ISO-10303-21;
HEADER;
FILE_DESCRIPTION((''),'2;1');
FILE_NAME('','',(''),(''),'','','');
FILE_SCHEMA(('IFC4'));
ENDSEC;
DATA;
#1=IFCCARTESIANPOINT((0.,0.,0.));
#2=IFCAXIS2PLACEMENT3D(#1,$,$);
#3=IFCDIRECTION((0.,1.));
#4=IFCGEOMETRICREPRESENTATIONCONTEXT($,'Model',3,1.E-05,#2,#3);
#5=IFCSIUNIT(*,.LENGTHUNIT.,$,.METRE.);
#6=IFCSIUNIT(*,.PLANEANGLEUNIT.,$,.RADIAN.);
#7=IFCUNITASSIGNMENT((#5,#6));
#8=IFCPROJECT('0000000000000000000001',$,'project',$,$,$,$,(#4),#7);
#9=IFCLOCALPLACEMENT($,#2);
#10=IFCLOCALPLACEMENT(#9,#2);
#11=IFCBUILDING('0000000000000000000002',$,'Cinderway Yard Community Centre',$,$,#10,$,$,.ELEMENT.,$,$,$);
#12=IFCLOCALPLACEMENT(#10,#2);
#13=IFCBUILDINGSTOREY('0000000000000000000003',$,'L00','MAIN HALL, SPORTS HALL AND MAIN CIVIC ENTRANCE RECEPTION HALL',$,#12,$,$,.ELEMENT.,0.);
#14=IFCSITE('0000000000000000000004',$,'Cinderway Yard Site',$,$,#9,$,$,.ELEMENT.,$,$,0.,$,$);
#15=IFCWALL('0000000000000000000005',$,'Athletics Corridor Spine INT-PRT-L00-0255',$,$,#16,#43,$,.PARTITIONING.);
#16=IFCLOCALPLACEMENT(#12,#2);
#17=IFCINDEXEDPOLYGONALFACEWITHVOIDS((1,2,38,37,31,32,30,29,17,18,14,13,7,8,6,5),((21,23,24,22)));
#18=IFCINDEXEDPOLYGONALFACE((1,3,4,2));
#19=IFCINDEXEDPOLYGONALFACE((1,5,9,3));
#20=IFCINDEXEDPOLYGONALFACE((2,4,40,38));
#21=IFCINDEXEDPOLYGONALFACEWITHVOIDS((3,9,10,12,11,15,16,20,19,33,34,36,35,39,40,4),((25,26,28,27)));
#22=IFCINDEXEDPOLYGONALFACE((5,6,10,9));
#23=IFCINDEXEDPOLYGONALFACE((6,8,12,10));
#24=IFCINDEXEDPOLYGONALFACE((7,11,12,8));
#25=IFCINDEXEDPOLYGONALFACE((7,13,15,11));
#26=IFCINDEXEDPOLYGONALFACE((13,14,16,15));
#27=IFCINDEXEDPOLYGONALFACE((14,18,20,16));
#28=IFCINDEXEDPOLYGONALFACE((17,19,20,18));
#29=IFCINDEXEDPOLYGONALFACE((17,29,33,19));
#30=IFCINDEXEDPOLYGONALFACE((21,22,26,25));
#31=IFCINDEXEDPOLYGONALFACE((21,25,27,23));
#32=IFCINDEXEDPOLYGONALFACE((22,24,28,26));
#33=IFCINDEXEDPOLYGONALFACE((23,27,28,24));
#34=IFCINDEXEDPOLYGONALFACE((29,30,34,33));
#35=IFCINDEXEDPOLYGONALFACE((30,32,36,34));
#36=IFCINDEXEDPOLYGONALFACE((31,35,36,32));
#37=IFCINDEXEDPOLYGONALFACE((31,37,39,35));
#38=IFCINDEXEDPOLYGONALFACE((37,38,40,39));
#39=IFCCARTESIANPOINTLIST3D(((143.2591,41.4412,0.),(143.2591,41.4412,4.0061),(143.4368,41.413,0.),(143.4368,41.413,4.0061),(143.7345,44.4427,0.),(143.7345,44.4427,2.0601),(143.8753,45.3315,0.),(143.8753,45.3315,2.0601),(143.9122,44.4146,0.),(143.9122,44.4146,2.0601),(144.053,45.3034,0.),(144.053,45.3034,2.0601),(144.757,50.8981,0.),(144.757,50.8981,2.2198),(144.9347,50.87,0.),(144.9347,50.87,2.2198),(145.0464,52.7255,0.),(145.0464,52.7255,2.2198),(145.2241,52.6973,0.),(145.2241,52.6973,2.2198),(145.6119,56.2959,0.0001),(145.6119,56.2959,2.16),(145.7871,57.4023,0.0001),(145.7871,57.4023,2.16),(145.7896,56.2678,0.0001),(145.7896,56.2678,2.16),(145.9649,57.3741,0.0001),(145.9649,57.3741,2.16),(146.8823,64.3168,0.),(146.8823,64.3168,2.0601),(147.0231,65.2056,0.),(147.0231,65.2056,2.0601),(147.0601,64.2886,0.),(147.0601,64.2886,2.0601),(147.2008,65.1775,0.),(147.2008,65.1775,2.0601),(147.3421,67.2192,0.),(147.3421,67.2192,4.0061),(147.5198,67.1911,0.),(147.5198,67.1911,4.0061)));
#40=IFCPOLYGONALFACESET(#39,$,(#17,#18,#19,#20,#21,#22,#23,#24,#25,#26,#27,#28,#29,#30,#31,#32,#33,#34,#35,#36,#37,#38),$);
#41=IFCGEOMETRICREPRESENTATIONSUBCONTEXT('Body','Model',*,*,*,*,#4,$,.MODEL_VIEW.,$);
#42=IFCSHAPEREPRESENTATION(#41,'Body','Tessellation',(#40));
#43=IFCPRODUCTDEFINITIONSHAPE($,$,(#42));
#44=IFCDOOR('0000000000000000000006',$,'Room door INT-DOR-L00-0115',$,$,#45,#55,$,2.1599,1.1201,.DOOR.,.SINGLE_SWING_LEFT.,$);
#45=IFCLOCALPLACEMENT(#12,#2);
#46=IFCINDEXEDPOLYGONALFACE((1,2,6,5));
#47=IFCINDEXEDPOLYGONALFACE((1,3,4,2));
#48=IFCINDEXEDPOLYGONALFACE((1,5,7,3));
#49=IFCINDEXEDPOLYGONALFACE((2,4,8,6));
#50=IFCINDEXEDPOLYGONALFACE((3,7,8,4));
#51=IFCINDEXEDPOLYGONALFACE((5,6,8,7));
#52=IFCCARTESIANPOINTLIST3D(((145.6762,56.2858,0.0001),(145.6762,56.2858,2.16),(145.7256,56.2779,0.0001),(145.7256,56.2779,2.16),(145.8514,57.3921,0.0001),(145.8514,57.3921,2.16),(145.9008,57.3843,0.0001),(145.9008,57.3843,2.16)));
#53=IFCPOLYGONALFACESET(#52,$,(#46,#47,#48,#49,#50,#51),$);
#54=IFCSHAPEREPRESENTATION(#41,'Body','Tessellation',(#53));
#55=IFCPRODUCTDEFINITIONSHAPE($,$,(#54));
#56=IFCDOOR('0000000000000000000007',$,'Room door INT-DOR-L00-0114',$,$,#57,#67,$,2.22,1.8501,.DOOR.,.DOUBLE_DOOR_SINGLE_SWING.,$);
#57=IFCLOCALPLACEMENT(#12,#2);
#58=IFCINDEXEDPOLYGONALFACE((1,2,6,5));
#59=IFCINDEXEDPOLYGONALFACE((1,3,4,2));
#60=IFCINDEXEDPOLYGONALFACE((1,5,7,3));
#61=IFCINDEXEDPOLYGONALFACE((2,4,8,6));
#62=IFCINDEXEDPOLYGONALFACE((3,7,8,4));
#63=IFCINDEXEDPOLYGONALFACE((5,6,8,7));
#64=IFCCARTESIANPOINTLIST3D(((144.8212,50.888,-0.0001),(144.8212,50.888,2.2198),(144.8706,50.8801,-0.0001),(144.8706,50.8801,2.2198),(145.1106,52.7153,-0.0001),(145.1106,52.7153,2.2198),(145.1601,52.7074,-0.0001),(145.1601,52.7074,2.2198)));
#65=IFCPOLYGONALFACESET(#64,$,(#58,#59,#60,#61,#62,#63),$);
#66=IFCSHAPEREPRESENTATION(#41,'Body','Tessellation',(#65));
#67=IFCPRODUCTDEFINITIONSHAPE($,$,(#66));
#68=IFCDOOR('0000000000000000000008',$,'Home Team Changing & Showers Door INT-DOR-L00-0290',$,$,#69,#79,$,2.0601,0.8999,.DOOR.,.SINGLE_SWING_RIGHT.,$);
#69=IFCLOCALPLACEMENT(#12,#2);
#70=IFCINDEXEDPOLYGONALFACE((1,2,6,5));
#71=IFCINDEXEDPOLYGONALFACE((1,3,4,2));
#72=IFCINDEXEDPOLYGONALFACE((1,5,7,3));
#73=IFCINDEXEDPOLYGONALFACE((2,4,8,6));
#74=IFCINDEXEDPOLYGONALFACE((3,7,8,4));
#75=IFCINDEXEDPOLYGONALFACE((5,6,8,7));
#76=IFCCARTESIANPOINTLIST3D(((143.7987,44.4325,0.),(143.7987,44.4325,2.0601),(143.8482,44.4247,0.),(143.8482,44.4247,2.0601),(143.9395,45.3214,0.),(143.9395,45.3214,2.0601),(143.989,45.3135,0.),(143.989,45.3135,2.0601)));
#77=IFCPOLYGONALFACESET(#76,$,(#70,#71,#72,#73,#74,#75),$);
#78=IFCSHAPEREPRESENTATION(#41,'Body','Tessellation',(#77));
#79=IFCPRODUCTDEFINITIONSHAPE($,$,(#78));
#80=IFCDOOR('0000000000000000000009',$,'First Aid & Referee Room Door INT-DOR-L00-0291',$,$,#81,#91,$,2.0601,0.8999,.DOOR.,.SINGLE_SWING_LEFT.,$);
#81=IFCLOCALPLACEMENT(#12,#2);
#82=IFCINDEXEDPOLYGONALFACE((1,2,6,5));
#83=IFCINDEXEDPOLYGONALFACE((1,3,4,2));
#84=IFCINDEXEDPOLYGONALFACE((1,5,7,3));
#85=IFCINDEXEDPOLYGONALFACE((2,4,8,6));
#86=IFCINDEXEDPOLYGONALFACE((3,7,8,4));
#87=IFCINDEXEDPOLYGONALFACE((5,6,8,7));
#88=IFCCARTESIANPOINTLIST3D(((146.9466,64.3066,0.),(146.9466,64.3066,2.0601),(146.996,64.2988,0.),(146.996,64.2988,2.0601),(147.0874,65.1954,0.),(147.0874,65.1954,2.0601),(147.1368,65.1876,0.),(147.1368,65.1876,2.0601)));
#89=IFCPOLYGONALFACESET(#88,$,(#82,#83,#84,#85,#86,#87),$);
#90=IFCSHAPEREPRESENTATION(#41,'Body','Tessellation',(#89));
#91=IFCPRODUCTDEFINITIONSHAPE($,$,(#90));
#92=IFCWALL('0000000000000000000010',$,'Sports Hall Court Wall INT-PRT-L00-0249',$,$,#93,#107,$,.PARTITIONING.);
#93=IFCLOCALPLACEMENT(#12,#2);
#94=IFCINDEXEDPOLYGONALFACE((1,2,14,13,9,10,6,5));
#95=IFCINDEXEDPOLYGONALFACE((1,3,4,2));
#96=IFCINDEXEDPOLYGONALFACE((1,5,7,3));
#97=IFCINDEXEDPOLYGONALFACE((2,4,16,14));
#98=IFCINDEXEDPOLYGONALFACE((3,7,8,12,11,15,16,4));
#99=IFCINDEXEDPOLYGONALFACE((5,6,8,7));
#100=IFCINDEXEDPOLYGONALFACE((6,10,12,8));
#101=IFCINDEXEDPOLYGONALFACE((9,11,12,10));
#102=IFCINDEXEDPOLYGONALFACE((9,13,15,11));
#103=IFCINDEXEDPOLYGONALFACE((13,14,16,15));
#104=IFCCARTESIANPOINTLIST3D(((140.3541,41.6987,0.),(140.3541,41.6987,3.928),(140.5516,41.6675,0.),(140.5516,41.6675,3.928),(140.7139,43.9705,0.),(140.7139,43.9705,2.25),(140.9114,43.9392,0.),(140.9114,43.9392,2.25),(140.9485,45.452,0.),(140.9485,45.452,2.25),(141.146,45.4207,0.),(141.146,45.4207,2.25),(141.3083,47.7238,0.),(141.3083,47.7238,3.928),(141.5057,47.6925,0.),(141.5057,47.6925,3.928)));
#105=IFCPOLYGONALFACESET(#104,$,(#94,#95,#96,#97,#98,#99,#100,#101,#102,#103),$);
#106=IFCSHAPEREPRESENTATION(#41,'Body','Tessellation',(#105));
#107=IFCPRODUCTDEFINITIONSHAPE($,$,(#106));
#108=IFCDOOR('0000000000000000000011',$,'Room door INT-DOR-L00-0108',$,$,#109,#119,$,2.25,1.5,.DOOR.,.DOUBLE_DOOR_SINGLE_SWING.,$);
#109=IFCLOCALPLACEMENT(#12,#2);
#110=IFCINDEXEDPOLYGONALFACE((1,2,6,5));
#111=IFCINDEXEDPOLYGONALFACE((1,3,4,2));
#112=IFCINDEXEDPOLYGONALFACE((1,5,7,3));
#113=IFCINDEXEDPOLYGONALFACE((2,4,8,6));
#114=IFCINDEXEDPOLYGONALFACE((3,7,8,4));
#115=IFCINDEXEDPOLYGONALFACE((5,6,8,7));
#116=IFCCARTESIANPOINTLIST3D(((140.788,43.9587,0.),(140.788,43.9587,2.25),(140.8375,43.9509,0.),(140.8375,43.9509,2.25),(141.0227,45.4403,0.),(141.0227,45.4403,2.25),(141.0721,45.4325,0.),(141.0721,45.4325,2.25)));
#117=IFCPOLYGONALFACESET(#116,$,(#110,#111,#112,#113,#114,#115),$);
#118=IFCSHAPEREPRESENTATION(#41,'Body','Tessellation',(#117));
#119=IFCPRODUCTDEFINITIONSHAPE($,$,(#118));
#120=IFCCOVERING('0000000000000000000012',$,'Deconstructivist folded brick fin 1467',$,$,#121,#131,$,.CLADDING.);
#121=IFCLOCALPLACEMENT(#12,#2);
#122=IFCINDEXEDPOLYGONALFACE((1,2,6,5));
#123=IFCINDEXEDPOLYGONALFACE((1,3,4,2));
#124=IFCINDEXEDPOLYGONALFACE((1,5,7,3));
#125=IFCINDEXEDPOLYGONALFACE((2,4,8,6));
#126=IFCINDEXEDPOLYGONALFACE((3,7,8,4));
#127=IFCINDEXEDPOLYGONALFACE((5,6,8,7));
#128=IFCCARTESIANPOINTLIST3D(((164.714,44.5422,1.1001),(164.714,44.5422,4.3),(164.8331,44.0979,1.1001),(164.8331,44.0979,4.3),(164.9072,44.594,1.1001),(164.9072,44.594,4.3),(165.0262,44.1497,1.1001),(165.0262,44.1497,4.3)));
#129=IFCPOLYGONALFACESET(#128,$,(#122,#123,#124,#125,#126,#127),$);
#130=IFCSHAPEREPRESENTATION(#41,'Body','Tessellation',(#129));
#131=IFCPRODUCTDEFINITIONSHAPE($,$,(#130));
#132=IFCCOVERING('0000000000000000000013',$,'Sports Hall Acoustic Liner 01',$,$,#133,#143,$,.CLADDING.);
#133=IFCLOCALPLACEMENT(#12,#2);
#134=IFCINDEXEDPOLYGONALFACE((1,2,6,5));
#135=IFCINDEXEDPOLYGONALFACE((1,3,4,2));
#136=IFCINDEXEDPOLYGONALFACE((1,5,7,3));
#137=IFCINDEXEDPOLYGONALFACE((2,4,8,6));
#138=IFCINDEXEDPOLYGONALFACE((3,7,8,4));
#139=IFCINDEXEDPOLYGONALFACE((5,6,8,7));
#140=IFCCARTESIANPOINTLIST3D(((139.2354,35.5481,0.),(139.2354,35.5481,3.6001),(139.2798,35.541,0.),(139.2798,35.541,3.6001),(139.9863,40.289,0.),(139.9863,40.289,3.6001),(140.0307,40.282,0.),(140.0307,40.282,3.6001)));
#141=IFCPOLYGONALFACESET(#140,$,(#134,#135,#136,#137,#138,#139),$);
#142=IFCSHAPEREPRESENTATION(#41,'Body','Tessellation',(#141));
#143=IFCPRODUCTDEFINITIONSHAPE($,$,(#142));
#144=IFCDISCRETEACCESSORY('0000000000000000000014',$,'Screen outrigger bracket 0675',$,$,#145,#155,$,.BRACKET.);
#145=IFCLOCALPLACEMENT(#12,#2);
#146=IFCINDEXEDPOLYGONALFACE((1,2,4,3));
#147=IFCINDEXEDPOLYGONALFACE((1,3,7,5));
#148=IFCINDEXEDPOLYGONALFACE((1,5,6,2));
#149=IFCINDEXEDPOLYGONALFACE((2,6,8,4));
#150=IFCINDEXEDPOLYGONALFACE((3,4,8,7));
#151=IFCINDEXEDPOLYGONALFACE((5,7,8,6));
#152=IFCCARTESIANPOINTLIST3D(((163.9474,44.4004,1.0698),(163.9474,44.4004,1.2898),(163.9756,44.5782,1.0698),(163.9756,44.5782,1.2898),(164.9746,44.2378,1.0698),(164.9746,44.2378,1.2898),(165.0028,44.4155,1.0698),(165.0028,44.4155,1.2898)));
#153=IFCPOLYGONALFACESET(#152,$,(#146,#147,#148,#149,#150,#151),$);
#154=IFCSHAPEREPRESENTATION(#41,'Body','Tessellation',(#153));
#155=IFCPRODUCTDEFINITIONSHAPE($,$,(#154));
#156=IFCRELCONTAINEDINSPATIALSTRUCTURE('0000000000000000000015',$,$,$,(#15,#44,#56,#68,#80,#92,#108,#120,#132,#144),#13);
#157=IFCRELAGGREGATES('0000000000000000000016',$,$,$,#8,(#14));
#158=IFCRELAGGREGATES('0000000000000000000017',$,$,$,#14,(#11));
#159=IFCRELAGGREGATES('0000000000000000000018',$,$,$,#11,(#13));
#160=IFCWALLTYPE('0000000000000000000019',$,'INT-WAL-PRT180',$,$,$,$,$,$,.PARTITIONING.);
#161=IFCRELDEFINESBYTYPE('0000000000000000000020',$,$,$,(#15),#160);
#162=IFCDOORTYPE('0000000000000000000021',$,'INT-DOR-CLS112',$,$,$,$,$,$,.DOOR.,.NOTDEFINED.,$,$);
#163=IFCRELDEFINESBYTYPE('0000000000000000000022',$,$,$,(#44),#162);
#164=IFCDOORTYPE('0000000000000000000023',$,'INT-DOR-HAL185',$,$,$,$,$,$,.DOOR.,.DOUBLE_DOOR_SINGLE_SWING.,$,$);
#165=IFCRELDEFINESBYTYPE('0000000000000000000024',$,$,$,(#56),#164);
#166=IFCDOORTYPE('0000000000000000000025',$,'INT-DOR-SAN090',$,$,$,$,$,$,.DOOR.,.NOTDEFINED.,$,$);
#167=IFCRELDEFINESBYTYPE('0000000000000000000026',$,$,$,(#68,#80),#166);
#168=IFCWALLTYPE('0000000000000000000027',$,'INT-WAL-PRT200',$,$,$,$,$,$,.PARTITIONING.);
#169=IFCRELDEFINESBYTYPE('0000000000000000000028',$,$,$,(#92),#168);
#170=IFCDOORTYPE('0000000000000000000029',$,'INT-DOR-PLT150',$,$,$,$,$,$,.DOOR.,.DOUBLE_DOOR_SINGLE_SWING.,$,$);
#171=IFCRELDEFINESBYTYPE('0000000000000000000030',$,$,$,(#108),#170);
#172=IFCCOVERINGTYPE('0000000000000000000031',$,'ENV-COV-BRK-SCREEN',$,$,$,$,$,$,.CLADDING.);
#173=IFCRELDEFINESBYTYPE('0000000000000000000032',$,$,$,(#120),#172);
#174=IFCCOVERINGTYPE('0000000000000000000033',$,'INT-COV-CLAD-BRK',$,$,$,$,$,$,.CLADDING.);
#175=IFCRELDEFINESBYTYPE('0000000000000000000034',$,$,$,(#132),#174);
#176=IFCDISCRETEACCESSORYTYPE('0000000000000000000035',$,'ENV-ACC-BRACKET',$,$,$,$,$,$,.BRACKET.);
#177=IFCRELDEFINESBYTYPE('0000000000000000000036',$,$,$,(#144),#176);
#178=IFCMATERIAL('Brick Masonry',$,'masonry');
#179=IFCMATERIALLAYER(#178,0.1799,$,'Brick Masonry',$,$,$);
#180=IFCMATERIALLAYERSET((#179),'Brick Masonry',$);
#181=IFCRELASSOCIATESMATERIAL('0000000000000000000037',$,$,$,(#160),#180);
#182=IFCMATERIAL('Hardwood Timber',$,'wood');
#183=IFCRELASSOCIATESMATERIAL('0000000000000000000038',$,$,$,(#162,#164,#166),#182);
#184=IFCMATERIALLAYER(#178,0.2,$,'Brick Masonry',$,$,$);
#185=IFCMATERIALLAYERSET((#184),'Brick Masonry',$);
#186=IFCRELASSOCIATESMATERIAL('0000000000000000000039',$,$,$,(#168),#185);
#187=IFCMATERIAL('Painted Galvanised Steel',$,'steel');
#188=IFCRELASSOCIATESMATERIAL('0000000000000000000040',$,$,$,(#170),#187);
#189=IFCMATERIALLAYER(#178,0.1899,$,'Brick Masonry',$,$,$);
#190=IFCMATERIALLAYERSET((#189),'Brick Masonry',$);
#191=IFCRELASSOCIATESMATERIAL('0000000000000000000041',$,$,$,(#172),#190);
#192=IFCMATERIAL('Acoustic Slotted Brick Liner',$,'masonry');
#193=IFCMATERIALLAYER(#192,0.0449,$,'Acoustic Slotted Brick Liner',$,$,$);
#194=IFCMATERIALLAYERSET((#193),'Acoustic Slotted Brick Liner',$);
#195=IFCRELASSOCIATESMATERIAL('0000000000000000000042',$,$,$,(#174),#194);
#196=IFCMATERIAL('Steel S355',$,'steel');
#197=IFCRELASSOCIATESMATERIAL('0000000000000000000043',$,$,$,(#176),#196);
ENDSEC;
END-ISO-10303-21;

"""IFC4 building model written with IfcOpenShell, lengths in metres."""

from ifc_helpers import new_model, si_unit, direction, frame, frame_2d, origin, origin_2d, place, context, subcontext, project, spatial, rectangle, extrude, material, layer, layer_set, type_object, element, fill, save


model = new_model("IFC4")

# Units and contexts
model_context = context("Model", 3, precision=1e-05, world=origin(), true_north=direction((0.0, 1.0)))
body_context = subcontext(model_context, "Body", "Model", "MODEL_VIEW")
ifc_project = project(units=[si_unit("LENGTHUNIT", "METRE"), si_unit("PLANEANGLEUNIT", "RADIAN")], contexts=[model_context])

# Site, building, storey
site_placement = place(None, origin())
site = spatial("IfcSite", under=ifc_project, at=site_placement, Name="Cinderway Yard Site", CompositionType="ELEMENT", RefElevation=0.0)
building_placement = place(site_placement, origin())
building = spatial("IfcBuilding", under=site, at=building_placement, Name="Cinderway Yard Community Centre", CompositionType="ELEMENT")
storey_placement = place(building_placement, origin())
storey = spatial("IfcBuildingStorey", under=building, at=storey_placement, Name="L00", Description="MAIN HALL, SPORTS HALL AND MAIN CIVIC ENTRANCE RECEPTION HALL", CompositionType="ELEMENT", Elevation=0.0)

# Shared definitions
ifc_material_1 = material(Name="Steel S355", Category="steel")

# Wall, openings, doors
ifc_material_2 = material(Name="Brick Masonry", Category="masonry")
ifc_layer_1 = layer(ifc_material_2, 0.1799, Name="Brick Masonry")
ifc_layer_set_1 = layer_set([ifc_layer_1], Name="Brick Masonry")
wall_type_1 = type_object("IfcWallType", Name="INT-WAL-PRT180", PredefinedType="PARTITIONING", material=ifc_layer_set_1)
wall_1_placement = place(storey_placement, frame((143.3479, 41.427, 0.0), z_axis=(0.0, 0.0, 1.0), x_axis=(0.156441, 0.987687, 0.0)))
wall_1 = element("IfcWall", 1, at=wall_1_placement, inside=storey, type_object=wall_type_1, Name="Athletics Corridor Spine INT-PRT-L00-0255", PredefinedType="PARTITIONING", context=body_context, shape_type="SweptSolid", body=[
    extrude(rectangle(XDim=26.0994, YDim=0.1799, at=frame_2d((13.0498, 0.0))), origin(), (0.0, 0.0, 1.0), 4.0061),
])
opening_1_placement = place(wall_1_placement, frame((9.575, 0.0, 0.0)))
opening_1 = element("IfcOpeningElement", 2, at=opening_1_placement, cuts=wall_1, PredefinedType="OPENING", context=body_context, shape_type="SweptSolid", body=[
    extrude(rectangle(XDim=1.8501, YDim=2.22, at=frame_2d((0.925, 1.1099))), frame((0.0, 0.0999, 0.0), z_axis=(0.0, -1.0, 0.0), x_axis=(1.0, 0.0, 0.0)), (0.0, 0.0, 1.0), 0.2),
])
opening_2_placement = place(wall_1_placement, frame((15.04, 0.0, 0.0)))
opening_2 = element("IfcOpeningElement", 3, at=opening_2_placement, cuts=wall_1, PredefinedType="OPENING", context=body_context, shape_type="SweptSolid", body=[
    extrude(rectangle(XDim=1.1201, YDim=2.1599, at=frame_2d((0.5601, 1.0801))), frame((0.0, 0.0999, 0.0), z_axis=(0.0, -1.0, 0.0), x_axis=(1.0, 0.0, 0.0)), (0.0, 0.0, 1.0), 0.2),
])
opening_3_placement = place(wall_1_placement, frame((3.0391, 0.0, 0.0)))
opening_3 = element("IfcOpeningElement", 4, at=opening_3_placement, cuts=wall_1, PredefinedType="OPENING", context=body_context, shape_type="SweptSolid", body=[
    extrude(rectangle(XDim=0.8999, YDim=2.0601, at=frame_2d((0.45, 1.03))), frame((0.0, 0.0999, 0.0), z_axis=(0.0, -1.0, 0.0), x_axis=(1.0, 0.0, 0.0)), (0.0, 0.0, 1.0), 0.2),
])
opening_4_placement = place(wall_1_placement, frame((23.1609, 0.0, 0.0)))
opening_4 = element("IfcOpeningElement", 5, at=opening_4_placement, cuts=wall_1, PredefinedType="OPENING", context=body_context, shape_type="SweptSolid", body=[
    extrude(rectangle(XDim=0.8999, YDim=2.0601, at=frame_2d((0.45, 1.03))), frame((0.0, 0.0999, 0.0), z_axis=(0.0, -1.0, 0.0), x_axis=(1.0, 0.0, 0.0)), (0.0, 0.0, 1.0), 0.2),
])
ifc_material_3 = material(Name="Hardwood Timber", Category="wood")
door_type_1 = type_object("IfcDoorType", Name="INT-DOR-CLS112", OperationType="NOTDEFINED", PredefinedType="DOOR", material=ifc_material_3)
door_1_placement = place(opening_2_placement, origin())
door_1 = element("IfcDoor", 6, at=door_1_placement, inside=storey, type_object=door_type_1, Name="Room door INT-DOR-L00-0115", OperationType="SINGLE_SWING_LEFT", OverallHeight=2.1599, OverallWidth=1.1201, PredefinedType="DOOR", context=body_context, shape_type="SweptSolid", body=[
    extrude(rectangle(XDim=1.1201, YDim=2.1599, at=frame_2d((0.5601, 1.0801))), frame((0.0, 0.0249, 0.0), z_axis=(0.0, -1.0, 0.0), x_axis=(1.0, 0.0, 0.0)), (0.0, 0.0, 1.0), 0.05),
])
fill(opening_2, door_1)
door_type_2 = type_object("IfcDoorType", Name="INT-DOR-HAL185", OperationType="DOUBLE_DOOR_SINGLE_SWING", PredefinedType="DOOR", material=ifc_material_3)
door_2_placement = place(opening_1_placement, origin())
door_2 = element("IfcDoor", 7, at=door_2_placement, inside=storey, type_object=door_type_2, Name="Room door INT-DOR-L00-0114", OperationType="DOUBLE_DOOR_SINGLE_SWING", OverallHeight=2.22, OverallWidth=1.8501, PredefinedType="DOOR", context=body_context, shape_type="SweptSolid", body=[
    extrude(rectangle(XDim=1.8501, YDim=2.22, at=frame_2d((0.925, 1.1099))), frame((0.0, 0.0249, 0.0), z_axis=(0.0, -1.0, 0.0), x_axis=(1.0, 0.0, 0.0)), (0.0, 0.0, 1.0), 0.05),
])
fill(opening_1, door_2)
door_type_3 = type_object("IfcDoorType", Name="INT-DOR-SAN090", OperationType="NOTDEFINED", PredefinedType="DOOR", material=ifc_material_3)
door_3_placement = place(opening_3_placement, origin())
door_3 = element("IfcDoor", 8, at=door_3_placement, inside=storey, type_object=door_type_3, Name="Home Team Changing & Showers Door INT-DOR-L00-0290", OperationType="SINGLE_SWING_RIGHT", OverallHeight=2.0601, OverallWidth=0.8999, PredefinedType="DOOR", context=body_context, shape_type="SweptSolid", body=[
    extrude(rectangle(XDim=0.8999, YDim=2.0601, at=frame_2d((0.45, 1.03))), frame((0.0, 0.0249, 0.0), z_axis=(0.0, -1.0, 0.0), x_axis=(1.0, 0.0, 0.0)), (0.0, 0.0, 1.0), 0.05),
])
fill(opening_3, door_3)
door_4_placement = place(opening_4_placement, origin())
door_4 = element("IfcDoor", 9, at=door_4_placement, inside=storey, type_object=door_type_3, Name="First Aid & Referee Room Door INT-DOR-L00-0291", OperationType="SINGLE_SWING_LEFT", OverallHeight=2.0601, OverallWidth=0.8999, PredefinedType="DOOR", context=body_context, shape_type="SweptSolid", body=[
    extrude(rectangle(XDim=0.8999, YDim=2.0601, at=frame_2d((0.45, 1.03))), frame((0.0, 0.0249, 0.0), z_axis=(0.0, -1.0, 0.0), x_axis=(1.0, 0.0, 0.0)), (0.0, 0.0, 1.0), 0.05),
])
fill(opening_4, door_4)

# Wall, opening, door
ifc_layer_2 = layer(ifc_material_2, 0.2, Name="Brick Masonry")
ifc_layer_set_2 = layer_set([ifc_layer_2], Name="Brick Masonry")
wall_type_2 = type_object("IfcWallType", Name="INT-WAL-PRT200", PredefinedType="PARTITIONING", material=ifc_layer_set_2)
wall_2_placement = place(storey_placement, frame((140.4529, 41.6831, 0.0), z_axis=(0.0, 0.0, 1.0), x_axis=(0.156411, 0.987692, 0.0)))
wall_2 = element("IfcWall", 10, at=wall_2_placement, inside=storey, type_object=wall_type_2, Name="Sports Hall Court Wall INT-PRT-L00-0249", PredefinedType="PARTITIONING", context=body_context, shape_type="SweptSolid", body=[
    extrude(rectangle(XDim=6.1001, YDim=0.2, at=frame_2d((3.05, 0.0))), origin(), (0.0, 0.0, 1.0), 3.928),
])
opening_5_placement = place(wall_2_placement, frame((2.3, 0.0, 0.0)))
opening_5 = element("IfcOpeningElement", 11, at=opening_5_placement, cuts=wall_2, PredefinedType="OPENING", context=body_context, shape_type="SweptSolid", body=[
    extrude(rectangle(XDim=1.5, YDim=2.25, at=frame_2d((0.75, 1.125))), frame((0.0, 0.1099, 0.0), z_axis=(0.0, -1.0, 0.0), x_axis=(1.0, 0.0, 0.0)), (0.0, 0.0, 1.0), 0.22),
])
ifc_material_4 = material(Name="Painted Galvanised Steel", Category="steel")
door_type_4 = type_object("IfcDoorType", Name="INT-DOR-PLT150", OperationType="DOUBLE_DOOR_SINGLE_SWING", PredefinedType="DOOR", material=ifc_material_4)
door_5_placement = place(opening_5_placement, origin())
door_5 = element("IfcDoor", 12, at=door_5_placement, inside=storey, type_object=door_type_4, Name="Room door INT-DOR-L00-0108", OperationType="DOUBLE_DOOR_SINGLE_SWING", OverallHeight=2.25, OverallWidth=1.5, PredefinedType="DOOR", context=body_context, shape_type="SweptSolid", body=[
    extrude(rectangle(XDim=1.5, YDim=2.25, at=frame_2d((0.75, 1.125))), frame((0.0, 0.0249, 0.0), z_axis=(0.0, -1.0, 0.0), x_axis=(1.0, 0.0, 0.0)), (0.0, 0.0, 1.0), 0.05),
])
fill(opening_5, door_5)

# Coverings
ifc_layer_3 = layer(ifc_material_2, 0.1899, Name="Brick Masonry")
ifc_layer_set_3 = layer_set([ifc_layer_3], Name="Brick Masonry")
covering_type_1 = type_object("IfcCoveringType", Name="ENV-COV-BRK-SCREEN", PredefinedType="CLADDING", material=ifc_layer_set_3)
covering_1_placement = place(storey_placement, frame((164.8701, 44.3459, 1.1001), z_axis=(0.0, 0.0, 1.0), x_axis=(0.258819, -0.965926, 0.0)))
element("IfcCovering", 13, at=covering_1_placement, inside=storey, type_object=covering_type_1, Name="Deconstructivist folded brick fin 1467", PredefinedType="CLADDING", context=body_context, shape_type="SweptSolid", body=[
    extrude(rectangle(XDim=0.46, YDim=0.2, at=origin_2d()), origin(), (0.0, 0.0, 1.0), 3.2),
])
ifc_material_5 = material(Name="Acoustic Slotted Brick Liner", Category="masonry")
ifc_layer_4 = layer(ifc_material_5, 0.0449, Name="Acoustic Slotted Brick Liner")
ifc_layer_set_4 = layer_set([ifc_layer_4], Name="Acoustic Slotted Brick Liner")
covering_type_2 = type_object("IfcCoveringType", Name="INT-COV-CLAD-BRK", PredefinedType="CLADDING", material=ifc_layer_set_4)
covering_2_placement = place(storey_placement, frame((139.6331, 37.915, 0.0), z_axis=(0.0, 0.0, 1.0), x_axis=(0.987688, -0.156434, 0.0)))
element("IfcCovering", 14, at=covering_2_placement, inside=storey, type_object=covering_type_2, Name="Sports Hall Acoustic Liner 01", PredefinedType="CLADDING", context=body_context, shape_type="SweptSolid", body=[
    extrude(rectangle(XDim=0.0449, YDim=4.8, at=origin_2d()), origin(), (0.0, 0.0, 1.0), 3.6001),
])

# Discrete accessory
discrete_accessory_type = type_object("IfcDiscreteAccessoryType", Name="ENV-ACC-BRACKET", PredefinedType="BRACKET", material=ifc_material_1)
discrete_accessory_placement = place(storey_placement, frame((164.4751, 44.408, 1.0698), z_axis=(0.0, 0.0, 1.0), x_axis=(0.987688, -0.156434, 0.0)))
element("IfcDiscreteAccessory", 15, at=discrete_accessory_placement, inside=storey, type_object=discrete_accessory_type, Name="Screen outrigger bracket 0675", PredefinedType="BRACKET", context=body_context, shape_type="SweptSolid", body=[
    extrude(rectangle(XDim=1.04, YDim=0.1799, at=origin_2d()), origin(), (0.0, 0.0, 1.0), 0.22),
])

save(model, "model.ifc")
